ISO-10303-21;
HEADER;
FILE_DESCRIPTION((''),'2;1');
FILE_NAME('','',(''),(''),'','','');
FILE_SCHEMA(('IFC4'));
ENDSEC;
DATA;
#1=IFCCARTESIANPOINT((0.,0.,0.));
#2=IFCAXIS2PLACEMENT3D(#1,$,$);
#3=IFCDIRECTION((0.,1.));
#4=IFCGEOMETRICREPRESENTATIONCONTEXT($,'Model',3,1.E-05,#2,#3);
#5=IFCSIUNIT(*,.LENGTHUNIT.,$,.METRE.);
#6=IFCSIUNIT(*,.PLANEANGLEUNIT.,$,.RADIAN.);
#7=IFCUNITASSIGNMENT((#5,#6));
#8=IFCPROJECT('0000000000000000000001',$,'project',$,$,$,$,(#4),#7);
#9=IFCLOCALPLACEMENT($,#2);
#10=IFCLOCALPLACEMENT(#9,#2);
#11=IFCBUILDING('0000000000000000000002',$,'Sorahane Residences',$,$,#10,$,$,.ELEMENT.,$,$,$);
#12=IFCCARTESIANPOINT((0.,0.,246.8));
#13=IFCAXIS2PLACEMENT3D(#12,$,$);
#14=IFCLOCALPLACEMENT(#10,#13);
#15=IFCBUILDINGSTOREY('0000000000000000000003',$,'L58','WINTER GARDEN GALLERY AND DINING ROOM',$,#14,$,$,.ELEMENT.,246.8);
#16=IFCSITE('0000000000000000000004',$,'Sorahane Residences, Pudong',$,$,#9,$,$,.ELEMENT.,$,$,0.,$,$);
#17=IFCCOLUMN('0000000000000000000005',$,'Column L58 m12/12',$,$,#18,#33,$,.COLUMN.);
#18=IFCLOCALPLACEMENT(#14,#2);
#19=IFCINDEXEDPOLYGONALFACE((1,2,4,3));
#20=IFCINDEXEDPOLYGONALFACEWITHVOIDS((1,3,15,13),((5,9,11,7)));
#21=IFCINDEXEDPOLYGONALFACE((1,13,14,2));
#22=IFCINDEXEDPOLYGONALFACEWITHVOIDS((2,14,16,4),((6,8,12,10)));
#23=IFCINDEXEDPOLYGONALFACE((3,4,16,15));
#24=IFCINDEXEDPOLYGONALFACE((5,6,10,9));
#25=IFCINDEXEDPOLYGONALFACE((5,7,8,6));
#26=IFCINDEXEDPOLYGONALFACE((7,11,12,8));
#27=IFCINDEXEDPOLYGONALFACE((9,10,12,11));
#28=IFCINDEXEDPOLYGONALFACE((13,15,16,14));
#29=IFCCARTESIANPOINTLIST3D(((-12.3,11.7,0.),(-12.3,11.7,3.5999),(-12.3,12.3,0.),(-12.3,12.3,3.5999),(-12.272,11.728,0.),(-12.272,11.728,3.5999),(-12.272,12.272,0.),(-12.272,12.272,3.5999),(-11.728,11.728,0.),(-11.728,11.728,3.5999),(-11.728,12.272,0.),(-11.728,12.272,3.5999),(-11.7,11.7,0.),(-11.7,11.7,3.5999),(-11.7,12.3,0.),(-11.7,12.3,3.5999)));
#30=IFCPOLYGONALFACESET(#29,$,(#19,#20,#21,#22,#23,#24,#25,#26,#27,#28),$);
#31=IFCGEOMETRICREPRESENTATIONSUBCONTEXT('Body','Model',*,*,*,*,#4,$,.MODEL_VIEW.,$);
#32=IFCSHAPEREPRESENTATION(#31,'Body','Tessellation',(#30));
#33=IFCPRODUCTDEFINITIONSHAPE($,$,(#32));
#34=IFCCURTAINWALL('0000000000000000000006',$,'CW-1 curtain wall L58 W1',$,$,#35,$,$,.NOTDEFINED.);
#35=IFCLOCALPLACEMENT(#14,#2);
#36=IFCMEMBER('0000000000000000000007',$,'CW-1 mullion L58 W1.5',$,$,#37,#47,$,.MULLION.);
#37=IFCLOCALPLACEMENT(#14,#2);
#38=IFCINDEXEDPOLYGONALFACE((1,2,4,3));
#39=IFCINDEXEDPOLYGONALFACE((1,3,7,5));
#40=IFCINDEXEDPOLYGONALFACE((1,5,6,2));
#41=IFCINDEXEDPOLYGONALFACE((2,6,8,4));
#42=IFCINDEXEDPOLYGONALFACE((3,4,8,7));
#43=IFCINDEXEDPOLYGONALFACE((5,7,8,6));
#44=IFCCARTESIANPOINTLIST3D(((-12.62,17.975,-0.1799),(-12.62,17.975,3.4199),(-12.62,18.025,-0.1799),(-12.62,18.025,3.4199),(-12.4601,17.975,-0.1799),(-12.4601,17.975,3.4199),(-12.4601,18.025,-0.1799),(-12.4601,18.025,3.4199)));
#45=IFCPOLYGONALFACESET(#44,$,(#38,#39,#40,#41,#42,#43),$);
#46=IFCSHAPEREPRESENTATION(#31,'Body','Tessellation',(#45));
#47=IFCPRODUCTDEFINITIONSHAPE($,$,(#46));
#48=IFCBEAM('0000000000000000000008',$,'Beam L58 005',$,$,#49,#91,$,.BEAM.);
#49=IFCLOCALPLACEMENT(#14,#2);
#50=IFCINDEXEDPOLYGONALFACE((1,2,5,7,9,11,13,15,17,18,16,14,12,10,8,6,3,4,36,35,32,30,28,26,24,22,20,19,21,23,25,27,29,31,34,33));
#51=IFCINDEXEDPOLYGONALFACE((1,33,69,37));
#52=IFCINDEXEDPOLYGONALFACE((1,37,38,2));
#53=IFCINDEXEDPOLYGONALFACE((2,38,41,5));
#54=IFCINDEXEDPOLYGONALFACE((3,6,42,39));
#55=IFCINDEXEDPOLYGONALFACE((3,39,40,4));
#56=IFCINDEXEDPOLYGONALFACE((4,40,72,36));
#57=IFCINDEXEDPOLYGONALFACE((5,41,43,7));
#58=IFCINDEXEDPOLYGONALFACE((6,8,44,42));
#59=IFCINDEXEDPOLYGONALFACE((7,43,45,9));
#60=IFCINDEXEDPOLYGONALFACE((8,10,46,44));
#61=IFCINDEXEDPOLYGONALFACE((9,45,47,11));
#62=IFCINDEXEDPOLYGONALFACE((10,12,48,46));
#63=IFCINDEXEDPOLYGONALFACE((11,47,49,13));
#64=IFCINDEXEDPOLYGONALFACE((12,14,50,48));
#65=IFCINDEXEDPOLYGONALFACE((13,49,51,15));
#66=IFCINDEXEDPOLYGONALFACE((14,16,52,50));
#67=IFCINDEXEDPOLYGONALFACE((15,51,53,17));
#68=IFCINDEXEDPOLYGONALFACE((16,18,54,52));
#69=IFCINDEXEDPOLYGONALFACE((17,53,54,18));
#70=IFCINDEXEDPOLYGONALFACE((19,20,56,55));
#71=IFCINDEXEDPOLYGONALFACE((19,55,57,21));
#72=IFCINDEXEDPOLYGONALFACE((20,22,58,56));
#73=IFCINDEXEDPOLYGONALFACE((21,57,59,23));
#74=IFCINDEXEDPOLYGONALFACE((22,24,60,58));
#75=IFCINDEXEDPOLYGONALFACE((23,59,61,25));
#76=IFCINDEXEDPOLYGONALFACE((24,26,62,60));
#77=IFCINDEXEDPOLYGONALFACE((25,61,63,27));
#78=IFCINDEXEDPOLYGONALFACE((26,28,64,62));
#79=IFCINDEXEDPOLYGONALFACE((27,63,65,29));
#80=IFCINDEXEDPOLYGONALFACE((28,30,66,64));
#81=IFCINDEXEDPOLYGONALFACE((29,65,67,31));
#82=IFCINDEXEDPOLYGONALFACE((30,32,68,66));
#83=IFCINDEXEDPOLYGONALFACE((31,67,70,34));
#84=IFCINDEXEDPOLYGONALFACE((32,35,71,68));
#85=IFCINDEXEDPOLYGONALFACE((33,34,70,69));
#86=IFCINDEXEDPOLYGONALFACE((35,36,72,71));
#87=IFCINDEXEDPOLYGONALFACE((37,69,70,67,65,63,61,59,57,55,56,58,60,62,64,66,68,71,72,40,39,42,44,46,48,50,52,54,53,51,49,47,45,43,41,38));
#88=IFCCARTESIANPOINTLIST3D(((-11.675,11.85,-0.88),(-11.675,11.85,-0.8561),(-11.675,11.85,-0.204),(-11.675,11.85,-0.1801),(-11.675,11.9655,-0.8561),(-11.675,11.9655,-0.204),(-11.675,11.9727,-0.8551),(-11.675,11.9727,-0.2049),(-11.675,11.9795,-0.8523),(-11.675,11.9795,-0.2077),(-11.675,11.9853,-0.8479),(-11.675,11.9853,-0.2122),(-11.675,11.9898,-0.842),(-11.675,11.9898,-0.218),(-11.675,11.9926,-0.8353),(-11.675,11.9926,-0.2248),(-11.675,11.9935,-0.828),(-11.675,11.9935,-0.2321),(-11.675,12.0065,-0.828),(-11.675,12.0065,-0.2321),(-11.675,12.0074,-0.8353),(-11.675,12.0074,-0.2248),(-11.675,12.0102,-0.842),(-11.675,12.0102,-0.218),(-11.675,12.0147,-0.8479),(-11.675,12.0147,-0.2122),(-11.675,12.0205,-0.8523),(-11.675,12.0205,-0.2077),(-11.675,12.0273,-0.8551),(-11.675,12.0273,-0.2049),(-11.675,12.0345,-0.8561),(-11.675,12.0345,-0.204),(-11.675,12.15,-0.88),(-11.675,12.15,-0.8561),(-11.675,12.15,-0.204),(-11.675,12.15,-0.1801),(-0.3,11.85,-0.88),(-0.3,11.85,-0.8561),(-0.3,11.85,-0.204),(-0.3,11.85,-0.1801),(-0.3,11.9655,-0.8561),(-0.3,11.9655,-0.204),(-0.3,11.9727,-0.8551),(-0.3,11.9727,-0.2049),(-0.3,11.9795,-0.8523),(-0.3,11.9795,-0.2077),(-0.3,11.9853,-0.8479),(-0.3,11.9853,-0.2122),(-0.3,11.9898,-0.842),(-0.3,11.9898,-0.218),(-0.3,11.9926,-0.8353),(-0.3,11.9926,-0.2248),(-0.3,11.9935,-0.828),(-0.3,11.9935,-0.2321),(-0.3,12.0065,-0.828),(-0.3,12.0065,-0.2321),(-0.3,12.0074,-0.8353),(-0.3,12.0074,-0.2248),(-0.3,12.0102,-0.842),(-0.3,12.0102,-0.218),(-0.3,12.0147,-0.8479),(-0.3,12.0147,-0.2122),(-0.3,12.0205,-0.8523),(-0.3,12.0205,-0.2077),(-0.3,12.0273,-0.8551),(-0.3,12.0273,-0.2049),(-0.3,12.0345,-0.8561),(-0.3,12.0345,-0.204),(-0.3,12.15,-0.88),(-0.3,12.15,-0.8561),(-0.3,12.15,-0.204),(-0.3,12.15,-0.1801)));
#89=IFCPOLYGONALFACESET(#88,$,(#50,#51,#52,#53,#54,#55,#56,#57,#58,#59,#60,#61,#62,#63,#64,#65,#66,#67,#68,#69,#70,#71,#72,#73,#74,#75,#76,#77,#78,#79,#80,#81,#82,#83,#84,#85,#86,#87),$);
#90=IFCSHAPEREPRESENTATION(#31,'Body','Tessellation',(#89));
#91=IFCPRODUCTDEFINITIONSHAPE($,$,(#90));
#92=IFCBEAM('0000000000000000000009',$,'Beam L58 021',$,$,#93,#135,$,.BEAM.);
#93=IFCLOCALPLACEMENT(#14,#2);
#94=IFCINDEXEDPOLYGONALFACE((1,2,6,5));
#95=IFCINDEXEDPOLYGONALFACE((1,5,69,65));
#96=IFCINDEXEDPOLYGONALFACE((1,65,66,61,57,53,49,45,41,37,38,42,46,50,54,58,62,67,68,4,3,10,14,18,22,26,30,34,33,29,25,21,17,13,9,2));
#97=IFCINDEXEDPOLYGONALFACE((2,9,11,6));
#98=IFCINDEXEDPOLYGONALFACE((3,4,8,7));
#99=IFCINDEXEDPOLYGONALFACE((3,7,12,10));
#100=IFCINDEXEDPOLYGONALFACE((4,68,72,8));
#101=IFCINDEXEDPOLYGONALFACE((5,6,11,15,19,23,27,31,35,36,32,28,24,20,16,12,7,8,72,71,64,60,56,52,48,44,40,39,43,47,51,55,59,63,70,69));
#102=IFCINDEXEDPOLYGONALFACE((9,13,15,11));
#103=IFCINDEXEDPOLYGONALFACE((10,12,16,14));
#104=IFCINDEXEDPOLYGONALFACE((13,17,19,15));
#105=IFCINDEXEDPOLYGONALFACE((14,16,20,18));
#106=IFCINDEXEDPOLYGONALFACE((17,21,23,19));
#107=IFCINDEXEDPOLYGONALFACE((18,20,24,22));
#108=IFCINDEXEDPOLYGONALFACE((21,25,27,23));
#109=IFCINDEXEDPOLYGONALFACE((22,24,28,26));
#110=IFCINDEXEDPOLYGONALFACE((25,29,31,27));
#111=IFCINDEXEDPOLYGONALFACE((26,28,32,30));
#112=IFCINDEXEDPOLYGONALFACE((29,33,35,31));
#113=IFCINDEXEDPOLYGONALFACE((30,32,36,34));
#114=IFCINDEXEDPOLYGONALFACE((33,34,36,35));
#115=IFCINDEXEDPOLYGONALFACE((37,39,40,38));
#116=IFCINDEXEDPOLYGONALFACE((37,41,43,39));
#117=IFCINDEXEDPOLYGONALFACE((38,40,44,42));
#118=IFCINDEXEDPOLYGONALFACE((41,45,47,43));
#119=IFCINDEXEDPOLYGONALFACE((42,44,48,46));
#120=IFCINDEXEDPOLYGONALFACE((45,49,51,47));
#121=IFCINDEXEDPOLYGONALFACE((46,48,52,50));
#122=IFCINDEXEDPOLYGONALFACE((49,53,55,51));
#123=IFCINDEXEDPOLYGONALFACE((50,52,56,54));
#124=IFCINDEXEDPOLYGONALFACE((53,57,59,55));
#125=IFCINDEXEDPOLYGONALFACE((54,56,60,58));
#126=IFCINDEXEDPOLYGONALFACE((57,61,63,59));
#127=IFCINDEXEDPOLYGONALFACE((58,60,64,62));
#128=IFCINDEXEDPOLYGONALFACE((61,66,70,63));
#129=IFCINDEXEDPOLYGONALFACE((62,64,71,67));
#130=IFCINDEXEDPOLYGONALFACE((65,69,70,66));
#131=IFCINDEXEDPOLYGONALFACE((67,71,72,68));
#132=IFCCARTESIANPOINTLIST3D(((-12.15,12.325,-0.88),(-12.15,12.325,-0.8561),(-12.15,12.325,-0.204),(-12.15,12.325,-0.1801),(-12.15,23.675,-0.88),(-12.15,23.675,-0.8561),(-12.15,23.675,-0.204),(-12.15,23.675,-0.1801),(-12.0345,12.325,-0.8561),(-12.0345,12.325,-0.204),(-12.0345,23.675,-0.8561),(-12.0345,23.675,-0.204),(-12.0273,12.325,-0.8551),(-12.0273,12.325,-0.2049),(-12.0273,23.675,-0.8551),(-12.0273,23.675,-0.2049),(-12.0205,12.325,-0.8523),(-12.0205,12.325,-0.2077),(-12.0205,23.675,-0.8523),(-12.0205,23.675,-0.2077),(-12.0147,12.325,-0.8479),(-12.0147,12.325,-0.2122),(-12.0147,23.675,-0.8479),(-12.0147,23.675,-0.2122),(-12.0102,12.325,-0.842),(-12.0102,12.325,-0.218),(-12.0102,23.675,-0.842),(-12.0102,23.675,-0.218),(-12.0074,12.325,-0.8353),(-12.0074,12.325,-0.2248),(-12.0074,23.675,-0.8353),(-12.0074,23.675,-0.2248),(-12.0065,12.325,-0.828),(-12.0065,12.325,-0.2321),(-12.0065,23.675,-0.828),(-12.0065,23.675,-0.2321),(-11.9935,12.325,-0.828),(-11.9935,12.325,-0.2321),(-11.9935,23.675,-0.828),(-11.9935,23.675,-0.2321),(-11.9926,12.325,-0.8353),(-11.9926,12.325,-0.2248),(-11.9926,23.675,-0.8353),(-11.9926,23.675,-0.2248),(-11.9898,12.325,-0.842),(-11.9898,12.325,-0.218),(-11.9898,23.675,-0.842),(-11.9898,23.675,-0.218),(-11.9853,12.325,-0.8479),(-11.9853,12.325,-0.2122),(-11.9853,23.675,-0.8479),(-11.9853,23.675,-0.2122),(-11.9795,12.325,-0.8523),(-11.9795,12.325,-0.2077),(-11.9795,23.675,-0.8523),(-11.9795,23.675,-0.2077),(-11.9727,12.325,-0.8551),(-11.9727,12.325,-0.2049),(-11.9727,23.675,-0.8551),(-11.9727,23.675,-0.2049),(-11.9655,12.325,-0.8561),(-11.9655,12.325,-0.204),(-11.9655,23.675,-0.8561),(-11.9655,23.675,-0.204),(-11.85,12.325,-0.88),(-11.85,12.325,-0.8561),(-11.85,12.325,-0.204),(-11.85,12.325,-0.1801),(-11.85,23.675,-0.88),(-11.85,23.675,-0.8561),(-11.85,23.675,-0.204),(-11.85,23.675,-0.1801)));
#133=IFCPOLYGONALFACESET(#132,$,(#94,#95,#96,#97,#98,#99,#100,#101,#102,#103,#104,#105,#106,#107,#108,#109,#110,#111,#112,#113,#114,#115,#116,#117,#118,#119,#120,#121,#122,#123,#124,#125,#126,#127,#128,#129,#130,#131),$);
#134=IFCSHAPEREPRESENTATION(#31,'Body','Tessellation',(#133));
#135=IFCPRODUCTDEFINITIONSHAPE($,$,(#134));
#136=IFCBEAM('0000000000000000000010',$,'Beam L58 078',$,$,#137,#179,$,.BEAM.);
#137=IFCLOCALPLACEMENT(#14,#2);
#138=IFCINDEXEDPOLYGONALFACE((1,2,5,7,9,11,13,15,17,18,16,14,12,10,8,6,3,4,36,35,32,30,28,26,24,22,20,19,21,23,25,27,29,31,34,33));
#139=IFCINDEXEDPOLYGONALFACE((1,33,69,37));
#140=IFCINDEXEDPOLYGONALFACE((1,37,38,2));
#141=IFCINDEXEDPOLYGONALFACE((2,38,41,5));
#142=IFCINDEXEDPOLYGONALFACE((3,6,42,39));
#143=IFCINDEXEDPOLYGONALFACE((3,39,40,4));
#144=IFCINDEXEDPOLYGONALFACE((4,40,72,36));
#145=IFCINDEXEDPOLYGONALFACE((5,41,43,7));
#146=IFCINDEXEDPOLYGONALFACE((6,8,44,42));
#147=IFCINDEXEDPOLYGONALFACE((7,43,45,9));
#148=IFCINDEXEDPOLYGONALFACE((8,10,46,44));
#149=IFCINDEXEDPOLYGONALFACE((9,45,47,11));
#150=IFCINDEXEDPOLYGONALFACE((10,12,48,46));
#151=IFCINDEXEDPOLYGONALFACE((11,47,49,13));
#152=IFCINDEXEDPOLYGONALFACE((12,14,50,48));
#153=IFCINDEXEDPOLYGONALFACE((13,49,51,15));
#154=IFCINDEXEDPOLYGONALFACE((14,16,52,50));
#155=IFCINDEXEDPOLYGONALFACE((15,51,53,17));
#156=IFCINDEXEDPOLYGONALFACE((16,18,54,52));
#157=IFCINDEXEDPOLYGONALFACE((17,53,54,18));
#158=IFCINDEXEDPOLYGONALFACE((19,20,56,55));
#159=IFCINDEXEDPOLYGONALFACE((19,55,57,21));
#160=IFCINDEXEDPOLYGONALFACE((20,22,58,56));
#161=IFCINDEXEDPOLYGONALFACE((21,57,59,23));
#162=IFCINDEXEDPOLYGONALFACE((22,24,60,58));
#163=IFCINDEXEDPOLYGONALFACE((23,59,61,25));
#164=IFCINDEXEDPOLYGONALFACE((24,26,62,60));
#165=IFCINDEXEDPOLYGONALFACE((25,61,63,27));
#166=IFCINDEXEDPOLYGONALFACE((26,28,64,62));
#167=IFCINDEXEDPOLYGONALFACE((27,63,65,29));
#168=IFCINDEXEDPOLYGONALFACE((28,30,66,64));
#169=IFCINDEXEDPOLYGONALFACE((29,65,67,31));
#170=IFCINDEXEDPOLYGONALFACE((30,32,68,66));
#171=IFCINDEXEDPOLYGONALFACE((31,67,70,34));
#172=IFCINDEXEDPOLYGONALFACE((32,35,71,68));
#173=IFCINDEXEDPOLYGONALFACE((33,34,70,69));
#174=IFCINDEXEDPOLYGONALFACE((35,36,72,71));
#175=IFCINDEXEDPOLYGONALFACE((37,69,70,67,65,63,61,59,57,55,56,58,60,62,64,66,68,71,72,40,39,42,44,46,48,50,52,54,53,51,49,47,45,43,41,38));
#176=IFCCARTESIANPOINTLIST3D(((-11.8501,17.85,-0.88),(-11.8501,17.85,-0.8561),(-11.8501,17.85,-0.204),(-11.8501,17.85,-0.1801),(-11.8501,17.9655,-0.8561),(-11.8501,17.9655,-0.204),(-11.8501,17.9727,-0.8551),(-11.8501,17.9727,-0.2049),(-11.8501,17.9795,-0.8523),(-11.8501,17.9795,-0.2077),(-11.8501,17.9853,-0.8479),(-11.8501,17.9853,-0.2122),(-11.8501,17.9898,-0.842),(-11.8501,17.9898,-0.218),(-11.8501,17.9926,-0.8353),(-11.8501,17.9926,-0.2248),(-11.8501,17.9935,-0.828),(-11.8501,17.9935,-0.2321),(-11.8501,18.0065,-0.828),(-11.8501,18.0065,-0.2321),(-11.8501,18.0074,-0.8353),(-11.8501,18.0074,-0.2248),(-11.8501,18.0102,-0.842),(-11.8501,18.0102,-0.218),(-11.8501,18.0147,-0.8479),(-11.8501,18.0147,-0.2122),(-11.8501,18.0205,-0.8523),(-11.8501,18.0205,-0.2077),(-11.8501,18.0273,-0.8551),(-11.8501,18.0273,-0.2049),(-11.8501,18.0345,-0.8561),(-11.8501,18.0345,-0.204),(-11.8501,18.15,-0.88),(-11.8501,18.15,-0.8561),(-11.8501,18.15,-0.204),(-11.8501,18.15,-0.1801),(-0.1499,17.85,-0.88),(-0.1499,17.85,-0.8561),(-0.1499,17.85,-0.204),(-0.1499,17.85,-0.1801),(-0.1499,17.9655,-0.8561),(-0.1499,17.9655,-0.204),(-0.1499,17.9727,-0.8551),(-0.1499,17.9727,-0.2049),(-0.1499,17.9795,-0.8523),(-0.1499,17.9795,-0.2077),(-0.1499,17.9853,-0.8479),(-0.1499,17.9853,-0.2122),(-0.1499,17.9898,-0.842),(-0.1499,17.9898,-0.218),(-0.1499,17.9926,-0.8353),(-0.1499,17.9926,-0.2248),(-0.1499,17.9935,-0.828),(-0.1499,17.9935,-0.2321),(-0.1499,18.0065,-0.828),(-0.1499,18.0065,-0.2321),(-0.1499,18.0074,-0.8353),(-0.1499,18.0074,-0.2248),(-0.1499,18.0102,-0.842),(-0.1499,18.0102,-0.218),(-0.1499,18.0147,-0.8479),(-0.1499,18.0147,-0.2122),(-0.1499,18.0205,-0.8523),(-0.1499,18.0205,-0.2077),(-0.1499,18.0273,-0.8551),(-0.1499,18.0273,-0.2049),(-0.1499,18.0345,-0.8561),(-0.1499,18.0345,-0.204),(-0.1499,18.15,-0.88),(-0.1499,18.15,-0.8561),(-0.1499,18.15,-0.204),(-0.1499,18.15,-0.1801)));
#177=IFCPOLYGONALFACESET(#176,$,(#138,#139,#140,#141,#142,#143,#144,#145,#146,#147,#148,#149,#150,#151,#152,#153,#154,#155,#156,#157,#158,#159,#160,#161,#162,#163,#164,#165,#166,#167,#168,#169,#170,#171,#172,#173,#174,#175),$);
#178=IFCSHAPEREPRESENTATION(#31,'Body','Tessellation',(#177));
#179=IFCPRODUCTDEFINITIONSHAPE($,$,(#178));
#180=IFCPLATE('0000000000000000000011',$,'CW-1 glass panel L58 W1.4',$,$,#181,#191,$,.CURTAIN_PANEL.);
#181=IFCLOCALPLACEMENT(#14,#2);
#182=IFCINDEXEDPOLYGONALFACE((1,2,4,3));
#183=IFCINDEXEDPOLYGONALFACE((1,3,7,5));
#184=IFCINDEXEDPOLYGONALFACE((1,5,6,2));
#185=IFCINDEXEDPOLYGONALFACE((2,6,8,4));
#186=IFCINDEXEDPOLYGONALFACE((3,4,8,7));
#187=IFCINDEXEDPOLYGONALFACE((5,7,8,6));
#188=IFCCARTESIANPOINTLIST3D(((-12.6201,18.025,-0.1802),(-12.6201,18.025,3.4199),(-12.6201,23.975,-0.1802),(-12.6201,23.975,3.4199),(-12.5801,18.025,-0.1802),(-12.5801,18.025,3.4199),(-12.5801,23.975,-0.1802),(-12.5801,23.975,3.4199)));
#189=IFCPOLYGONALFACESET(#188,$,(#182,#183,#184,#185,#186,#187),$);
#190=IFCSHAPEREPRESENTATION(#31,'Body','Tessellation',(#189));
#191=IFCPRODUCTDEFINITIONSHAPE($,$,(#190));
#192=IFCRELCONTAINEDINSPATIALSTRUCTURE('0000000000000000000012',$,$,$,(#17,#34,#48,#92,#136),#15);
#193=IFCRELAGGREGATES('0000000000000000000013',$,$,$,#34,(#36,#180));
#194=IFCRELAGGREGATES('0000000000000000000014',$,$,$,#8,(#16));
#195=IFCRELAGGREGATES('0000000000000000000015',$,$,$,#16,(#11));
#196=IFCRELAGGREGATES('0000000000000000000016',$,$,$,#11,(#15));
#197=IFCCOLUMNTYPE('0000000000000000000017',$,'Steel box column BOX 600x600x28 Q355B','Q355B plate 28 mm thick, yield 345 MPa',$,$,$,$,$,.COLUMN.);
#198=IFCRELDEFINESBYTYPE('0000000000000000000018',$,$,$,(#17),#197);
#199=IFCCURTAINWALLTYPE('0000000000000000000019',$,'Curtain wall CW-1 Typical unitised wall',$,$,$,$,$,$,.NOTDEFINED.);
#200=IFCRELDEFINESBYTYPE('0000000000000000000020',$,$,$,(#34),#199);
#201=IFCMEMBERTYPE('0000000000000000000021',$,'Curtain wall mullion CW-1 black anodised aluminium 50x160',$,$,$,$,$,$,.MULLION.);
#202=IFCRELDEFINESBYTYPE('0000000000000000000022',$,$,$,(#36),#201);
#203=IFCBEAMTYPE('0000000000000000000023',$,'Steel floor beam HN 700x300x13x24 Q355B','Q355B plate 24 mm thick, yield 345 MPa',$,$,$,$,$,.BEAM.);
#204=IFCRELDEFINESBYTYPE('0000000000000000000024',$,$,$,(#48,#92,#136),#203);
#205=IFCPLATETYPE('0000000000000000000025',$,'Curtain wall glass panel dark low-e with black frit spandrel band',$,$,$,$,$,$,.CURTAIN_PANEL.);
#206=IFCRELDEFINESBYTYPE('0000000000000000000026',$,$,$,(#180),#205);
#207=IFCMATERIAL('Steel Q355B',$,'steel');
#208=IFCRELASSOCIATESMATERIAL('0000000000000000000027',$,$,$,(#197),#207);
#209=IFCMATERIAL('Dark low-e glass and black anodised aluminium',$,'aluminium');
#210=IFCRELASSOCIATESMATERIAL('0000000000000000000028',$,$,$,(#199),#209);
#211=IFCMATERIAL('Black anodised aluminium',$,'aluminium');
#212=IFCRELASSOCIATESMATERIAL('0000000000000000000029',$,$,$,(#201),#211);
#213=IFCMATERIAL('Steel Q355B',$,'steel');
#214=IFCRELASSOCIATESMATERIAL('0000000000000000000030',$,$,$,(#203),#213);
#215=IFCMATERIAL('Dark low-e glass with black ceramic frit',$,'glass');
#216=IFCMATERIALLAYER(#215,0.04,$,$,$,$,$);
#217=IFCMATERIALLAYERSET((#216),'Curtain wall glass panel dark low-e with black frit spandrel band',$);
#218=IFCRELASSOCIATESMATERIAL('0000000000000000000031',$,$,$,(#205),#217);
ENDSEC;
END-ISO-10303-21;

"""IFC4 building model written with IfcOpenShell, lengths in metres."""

from ifc_helpers import new_model, si_unit, direction, frame, origin, origin_2d, place, context, subcontext, project, spatial, rectangle, hollow_rectangle, i_section, extrude, material, layer, layer_set, material_profile, profile_set, type_object, element, aggregate, save


model = new_model("IFC4")

# Units and contexts
model_context = context("Model", 3, precision=1e-05, world=origin(), true_north=direction((0.0, 1.0)))
body_context = subcontext(model_context, "Body", "Model", "MODEL_VIEW")
ifc_project = project(units=[si_unit("LENGTHUNIT", "METRE"), si_unit("PLANEANGLEUNIT", "RADIAN")], contexts=[model_context])

# Site, building, storey
site_placement = place(None, origin())
site = spatial("IfcSite", under=ifc_project, at=site_placement, Name="Sorahane Residences, Pudong", CompositionType="ELEMENT", RefElevation=0.0)
building_placement = place(site_placement, origin())
building = spatial("IfcBuilding", under=site, at=building_placement, Name="Sorahane Residences", CompositionType="ELEMENT")
storey_placement = place(building_placement, frame((0.0, 0.0, 246.8)))
storey = spatial("IfcBuildingStorey", under=building, at=storey_placement, Name="L58", Description="WINTER GARDEN GALLERY AND DINING ROOM", CompositionType="ELEMENT", Elevation=246.8)

# Column
ifc_material_1 = material(Name="Steel Q355B", Category="steel")
ifc_material_profile_1 = material_profile(ifc_material_1, hollow_rectangle(XDim=0.6001, YDim=0.6001, WallThickness=0.0281, at=origin_2d()), Name="BOX 600x600x28")
ifc_profile_set_1 = profile_set([ifc_material_profile_1], Name="Steel Q355B")
column_type = type_object("IfcColumnType", Name="Steel box column BOX 600x600x28 Q355B", Description="Q355B plate 28 mm thick, yield 345 MPa", PredefinedType="COLUMN", material=ifc_profile_set_1)
column_placement = place(storey_placement, frame((-12.0, 12.0, 0.0), z_axis=(0.0, 0.0, 1.0), x_axis=(1.0, 0.0, 0.0)))
element("IfcColumn", 1, at=column_placement, inside=storey, type_object=column_type, Name="Column L58 m12/12", PredefinedType="COLUMN", context=body_context, shape_type="SweptSolid", body=[
    extrude(hollow_rectangle(XDim=0.6001, YDim=0.6001, WallThickness=0.0281, at=origin_2d()), origin(), (0.0, 0.0, 1.0), 3.5999),
])

# Curtain wall, member
ifc_material_2 = material(Name="Dark low-e glass and black anodised aluminium", Category="aluminium")
curtain_wall_type = type_object("IfcCurtainWallType", Name="Curtain wall CW-1 Typical unitised wall", PredefinedType="NOTDEFINED", material=ifc_material_2)
curtain_wall_placement = place(storey_placement, origin())
curtain_wall = element("IfcCurtainWall", 2, at=curtain_wall_placement, inside=storey, type_object=curtain_wall_type, Name="CW-1 curtain wall L58 W1", PredefinedType="NOTDEFINED")
ifc_material_3 = material(Name="Black anodised aluminium", Category="aluminium")
ifc_material_profile_2 = material_profile(ifc_material_3, rectangle(XDim=0.1599, YDim=0.05, at=origin_2d()), Name="Curtain wall mullion CW-1 black anodised aluminium 50x160")
ifc_profile_set_2 = profile_set([ifc_material_profile_2], Name="Black anodised aluminium")
member_type = type_object("IfcMemberType", Name="Curtain wall mullion CW-1 black anodised aluminium 50x160", PredefinedType="MULLION", material=ifc_profile_set_2)
member_placement = place(storey_placement, frame((-12.54, 18.0, -0.1799), z_axis=(0.0, 0.0, 1.0), x_axis=(-1.0, 0.0, 0.0)))
member = element("IfcMember", 3, at=member_placement, type_object=member_type, Name="CW-1 mullion L58 W1.5", PredefinedType="MULLION", context=body_context, shape_type="SweptSolid", body=[
    extrude(rectangle(XDim=0.1599, YDim=0.05, at=origin_2d()), origin(), (0.0, 0.0, 1.0), 3.5999),
])

# Beams
ifc_material_4 = material(Name="Steel Q355B", Category="steel")
ifc_material_profile_3 = material_profile(ifc_material_4, i_section(OverallWidth=0.3, OverallDepth=0.7, WebThickness=0.0129, FlangeThickness=0.0239, FilletRadius=0.0281, at=origin_2d()), Name="HN 700x300x13x24")
ifc_profile_set_3 = profile_set([ifc_material_profile_3], Name="Steel Q355B")
beam_type = type_object("IfcBeamType", Name="Steel floor beam HN 700x300x13x24 Q355B", Description="Q355B plate 24 mm thick, yield 345 MPa", PredefinedType="BEAM", material=ifc_profile_set_3)
beam_1_placement = place(storey_placement, frame((-11.675, 12.0, -0.53), z_axis=(1.0, 0.0, 0.0), x_axis=(0.0, 1.0, 0.0)))
element("IfcBeam", 4, at=beam_1_placement, inside=storey, type_object=beam_type, Name="Beam L58 005", PredefinedType="BEAM", context=body_context, shape_type="SweptSolid", body=[
    extrude(i_section(OverallWidth=0.3, OverallDepth=0.7, WebThickness=0.0129, FlangeThickness=0.0239, FilletRadius=0.0281, at=origin_2d()), origin(), (0.0, 0.0, 1.0), 11.375),
])
beam_2_placement = place(storey_placement, frame((-12.0, 12.325, -0.53), z_axis=(0.0, 1.0, 0.0), x_axis=(-1.0, 0.0, 0.0)))
element("IfcBeam", 5, at=beam_2_placement, inside=storey, type_object=beam_type, Name="Beam L58 021", PredefinedType="BEAM", context=body_context, shape_type="SweptSolid", body=[
    extrude(i_section(OverallWidth=0.3, OverallDepth=0.7, WebThickness=0.0129, FlangeThickness=0.0239, FilletRadius=0.0281, at=origin_2d()), origin(), (0.0, 0.0, 1.0), 11.3501),
])
beam_3_placement = place(storey_placement, frame((-11.8501, 18.0, -0.53), z_axis=(1.0, 0.0, 0.0), x_axis=(0.0, 1.0, 0.0)))
element("IfcBeam", 6, at=beam_3_placement, inside=storey, type_object=beam_type, Name="Beam L58 078", PredefinedType="BEAM", context=body_context, shape_type="SweptSolid", body=[
    extrude(i_section(OverallWidth=0.3, OverallDepth=0.7, WebThickness=0.0129, FlangeThickness=0.0239, FilletRadius=0.0281, at=origin_2d()), origin(), (0.0, 0.0, 1.0), 11.7002),
])

# Plate
ifc_material_5 = material(Name="Dark low-e glass with black ceramic frit", Category="glass")
ifc_layer_1 = layer(ifc_material_5, 0.04)
ifc_layer_set_1 = layer_set([ifc_layer_1], Name="Curtain wall glass panel dark low-e with black frit spandrel band")
plate_type = type_object("IfcPlateType", Name="Curtain wall glass panel dark low-e with black frit spandrel band", PredefinedType="CURTAIN_PANEL", material=ifc_layer_set_1)
plate_1_placement = place(storey_placement, frame((-12.6001, 21.0, -0.1802), z_axis=(0.0, 0.0, 1.0), x_axis=(0.0, -1.0, 0.0)))
plate_1 = element("IfcPlate", 7, at=plate_1_placement, type_object=plate_type, Name="CW-1 glass panel L58 W1.4", PredefinedType="CURTAIN_PANEL", context=body_context, shape_type="SweptSolid", body=[
    extrude(rectangle(XDim=5.95, YDim=0.04, at=origin_2d()), origin(), (0.0, 0.0, 1.0), 3.6001),
])
aggregate(curtain_wall, [member, plate_1])

save(model, "model.ifc")
